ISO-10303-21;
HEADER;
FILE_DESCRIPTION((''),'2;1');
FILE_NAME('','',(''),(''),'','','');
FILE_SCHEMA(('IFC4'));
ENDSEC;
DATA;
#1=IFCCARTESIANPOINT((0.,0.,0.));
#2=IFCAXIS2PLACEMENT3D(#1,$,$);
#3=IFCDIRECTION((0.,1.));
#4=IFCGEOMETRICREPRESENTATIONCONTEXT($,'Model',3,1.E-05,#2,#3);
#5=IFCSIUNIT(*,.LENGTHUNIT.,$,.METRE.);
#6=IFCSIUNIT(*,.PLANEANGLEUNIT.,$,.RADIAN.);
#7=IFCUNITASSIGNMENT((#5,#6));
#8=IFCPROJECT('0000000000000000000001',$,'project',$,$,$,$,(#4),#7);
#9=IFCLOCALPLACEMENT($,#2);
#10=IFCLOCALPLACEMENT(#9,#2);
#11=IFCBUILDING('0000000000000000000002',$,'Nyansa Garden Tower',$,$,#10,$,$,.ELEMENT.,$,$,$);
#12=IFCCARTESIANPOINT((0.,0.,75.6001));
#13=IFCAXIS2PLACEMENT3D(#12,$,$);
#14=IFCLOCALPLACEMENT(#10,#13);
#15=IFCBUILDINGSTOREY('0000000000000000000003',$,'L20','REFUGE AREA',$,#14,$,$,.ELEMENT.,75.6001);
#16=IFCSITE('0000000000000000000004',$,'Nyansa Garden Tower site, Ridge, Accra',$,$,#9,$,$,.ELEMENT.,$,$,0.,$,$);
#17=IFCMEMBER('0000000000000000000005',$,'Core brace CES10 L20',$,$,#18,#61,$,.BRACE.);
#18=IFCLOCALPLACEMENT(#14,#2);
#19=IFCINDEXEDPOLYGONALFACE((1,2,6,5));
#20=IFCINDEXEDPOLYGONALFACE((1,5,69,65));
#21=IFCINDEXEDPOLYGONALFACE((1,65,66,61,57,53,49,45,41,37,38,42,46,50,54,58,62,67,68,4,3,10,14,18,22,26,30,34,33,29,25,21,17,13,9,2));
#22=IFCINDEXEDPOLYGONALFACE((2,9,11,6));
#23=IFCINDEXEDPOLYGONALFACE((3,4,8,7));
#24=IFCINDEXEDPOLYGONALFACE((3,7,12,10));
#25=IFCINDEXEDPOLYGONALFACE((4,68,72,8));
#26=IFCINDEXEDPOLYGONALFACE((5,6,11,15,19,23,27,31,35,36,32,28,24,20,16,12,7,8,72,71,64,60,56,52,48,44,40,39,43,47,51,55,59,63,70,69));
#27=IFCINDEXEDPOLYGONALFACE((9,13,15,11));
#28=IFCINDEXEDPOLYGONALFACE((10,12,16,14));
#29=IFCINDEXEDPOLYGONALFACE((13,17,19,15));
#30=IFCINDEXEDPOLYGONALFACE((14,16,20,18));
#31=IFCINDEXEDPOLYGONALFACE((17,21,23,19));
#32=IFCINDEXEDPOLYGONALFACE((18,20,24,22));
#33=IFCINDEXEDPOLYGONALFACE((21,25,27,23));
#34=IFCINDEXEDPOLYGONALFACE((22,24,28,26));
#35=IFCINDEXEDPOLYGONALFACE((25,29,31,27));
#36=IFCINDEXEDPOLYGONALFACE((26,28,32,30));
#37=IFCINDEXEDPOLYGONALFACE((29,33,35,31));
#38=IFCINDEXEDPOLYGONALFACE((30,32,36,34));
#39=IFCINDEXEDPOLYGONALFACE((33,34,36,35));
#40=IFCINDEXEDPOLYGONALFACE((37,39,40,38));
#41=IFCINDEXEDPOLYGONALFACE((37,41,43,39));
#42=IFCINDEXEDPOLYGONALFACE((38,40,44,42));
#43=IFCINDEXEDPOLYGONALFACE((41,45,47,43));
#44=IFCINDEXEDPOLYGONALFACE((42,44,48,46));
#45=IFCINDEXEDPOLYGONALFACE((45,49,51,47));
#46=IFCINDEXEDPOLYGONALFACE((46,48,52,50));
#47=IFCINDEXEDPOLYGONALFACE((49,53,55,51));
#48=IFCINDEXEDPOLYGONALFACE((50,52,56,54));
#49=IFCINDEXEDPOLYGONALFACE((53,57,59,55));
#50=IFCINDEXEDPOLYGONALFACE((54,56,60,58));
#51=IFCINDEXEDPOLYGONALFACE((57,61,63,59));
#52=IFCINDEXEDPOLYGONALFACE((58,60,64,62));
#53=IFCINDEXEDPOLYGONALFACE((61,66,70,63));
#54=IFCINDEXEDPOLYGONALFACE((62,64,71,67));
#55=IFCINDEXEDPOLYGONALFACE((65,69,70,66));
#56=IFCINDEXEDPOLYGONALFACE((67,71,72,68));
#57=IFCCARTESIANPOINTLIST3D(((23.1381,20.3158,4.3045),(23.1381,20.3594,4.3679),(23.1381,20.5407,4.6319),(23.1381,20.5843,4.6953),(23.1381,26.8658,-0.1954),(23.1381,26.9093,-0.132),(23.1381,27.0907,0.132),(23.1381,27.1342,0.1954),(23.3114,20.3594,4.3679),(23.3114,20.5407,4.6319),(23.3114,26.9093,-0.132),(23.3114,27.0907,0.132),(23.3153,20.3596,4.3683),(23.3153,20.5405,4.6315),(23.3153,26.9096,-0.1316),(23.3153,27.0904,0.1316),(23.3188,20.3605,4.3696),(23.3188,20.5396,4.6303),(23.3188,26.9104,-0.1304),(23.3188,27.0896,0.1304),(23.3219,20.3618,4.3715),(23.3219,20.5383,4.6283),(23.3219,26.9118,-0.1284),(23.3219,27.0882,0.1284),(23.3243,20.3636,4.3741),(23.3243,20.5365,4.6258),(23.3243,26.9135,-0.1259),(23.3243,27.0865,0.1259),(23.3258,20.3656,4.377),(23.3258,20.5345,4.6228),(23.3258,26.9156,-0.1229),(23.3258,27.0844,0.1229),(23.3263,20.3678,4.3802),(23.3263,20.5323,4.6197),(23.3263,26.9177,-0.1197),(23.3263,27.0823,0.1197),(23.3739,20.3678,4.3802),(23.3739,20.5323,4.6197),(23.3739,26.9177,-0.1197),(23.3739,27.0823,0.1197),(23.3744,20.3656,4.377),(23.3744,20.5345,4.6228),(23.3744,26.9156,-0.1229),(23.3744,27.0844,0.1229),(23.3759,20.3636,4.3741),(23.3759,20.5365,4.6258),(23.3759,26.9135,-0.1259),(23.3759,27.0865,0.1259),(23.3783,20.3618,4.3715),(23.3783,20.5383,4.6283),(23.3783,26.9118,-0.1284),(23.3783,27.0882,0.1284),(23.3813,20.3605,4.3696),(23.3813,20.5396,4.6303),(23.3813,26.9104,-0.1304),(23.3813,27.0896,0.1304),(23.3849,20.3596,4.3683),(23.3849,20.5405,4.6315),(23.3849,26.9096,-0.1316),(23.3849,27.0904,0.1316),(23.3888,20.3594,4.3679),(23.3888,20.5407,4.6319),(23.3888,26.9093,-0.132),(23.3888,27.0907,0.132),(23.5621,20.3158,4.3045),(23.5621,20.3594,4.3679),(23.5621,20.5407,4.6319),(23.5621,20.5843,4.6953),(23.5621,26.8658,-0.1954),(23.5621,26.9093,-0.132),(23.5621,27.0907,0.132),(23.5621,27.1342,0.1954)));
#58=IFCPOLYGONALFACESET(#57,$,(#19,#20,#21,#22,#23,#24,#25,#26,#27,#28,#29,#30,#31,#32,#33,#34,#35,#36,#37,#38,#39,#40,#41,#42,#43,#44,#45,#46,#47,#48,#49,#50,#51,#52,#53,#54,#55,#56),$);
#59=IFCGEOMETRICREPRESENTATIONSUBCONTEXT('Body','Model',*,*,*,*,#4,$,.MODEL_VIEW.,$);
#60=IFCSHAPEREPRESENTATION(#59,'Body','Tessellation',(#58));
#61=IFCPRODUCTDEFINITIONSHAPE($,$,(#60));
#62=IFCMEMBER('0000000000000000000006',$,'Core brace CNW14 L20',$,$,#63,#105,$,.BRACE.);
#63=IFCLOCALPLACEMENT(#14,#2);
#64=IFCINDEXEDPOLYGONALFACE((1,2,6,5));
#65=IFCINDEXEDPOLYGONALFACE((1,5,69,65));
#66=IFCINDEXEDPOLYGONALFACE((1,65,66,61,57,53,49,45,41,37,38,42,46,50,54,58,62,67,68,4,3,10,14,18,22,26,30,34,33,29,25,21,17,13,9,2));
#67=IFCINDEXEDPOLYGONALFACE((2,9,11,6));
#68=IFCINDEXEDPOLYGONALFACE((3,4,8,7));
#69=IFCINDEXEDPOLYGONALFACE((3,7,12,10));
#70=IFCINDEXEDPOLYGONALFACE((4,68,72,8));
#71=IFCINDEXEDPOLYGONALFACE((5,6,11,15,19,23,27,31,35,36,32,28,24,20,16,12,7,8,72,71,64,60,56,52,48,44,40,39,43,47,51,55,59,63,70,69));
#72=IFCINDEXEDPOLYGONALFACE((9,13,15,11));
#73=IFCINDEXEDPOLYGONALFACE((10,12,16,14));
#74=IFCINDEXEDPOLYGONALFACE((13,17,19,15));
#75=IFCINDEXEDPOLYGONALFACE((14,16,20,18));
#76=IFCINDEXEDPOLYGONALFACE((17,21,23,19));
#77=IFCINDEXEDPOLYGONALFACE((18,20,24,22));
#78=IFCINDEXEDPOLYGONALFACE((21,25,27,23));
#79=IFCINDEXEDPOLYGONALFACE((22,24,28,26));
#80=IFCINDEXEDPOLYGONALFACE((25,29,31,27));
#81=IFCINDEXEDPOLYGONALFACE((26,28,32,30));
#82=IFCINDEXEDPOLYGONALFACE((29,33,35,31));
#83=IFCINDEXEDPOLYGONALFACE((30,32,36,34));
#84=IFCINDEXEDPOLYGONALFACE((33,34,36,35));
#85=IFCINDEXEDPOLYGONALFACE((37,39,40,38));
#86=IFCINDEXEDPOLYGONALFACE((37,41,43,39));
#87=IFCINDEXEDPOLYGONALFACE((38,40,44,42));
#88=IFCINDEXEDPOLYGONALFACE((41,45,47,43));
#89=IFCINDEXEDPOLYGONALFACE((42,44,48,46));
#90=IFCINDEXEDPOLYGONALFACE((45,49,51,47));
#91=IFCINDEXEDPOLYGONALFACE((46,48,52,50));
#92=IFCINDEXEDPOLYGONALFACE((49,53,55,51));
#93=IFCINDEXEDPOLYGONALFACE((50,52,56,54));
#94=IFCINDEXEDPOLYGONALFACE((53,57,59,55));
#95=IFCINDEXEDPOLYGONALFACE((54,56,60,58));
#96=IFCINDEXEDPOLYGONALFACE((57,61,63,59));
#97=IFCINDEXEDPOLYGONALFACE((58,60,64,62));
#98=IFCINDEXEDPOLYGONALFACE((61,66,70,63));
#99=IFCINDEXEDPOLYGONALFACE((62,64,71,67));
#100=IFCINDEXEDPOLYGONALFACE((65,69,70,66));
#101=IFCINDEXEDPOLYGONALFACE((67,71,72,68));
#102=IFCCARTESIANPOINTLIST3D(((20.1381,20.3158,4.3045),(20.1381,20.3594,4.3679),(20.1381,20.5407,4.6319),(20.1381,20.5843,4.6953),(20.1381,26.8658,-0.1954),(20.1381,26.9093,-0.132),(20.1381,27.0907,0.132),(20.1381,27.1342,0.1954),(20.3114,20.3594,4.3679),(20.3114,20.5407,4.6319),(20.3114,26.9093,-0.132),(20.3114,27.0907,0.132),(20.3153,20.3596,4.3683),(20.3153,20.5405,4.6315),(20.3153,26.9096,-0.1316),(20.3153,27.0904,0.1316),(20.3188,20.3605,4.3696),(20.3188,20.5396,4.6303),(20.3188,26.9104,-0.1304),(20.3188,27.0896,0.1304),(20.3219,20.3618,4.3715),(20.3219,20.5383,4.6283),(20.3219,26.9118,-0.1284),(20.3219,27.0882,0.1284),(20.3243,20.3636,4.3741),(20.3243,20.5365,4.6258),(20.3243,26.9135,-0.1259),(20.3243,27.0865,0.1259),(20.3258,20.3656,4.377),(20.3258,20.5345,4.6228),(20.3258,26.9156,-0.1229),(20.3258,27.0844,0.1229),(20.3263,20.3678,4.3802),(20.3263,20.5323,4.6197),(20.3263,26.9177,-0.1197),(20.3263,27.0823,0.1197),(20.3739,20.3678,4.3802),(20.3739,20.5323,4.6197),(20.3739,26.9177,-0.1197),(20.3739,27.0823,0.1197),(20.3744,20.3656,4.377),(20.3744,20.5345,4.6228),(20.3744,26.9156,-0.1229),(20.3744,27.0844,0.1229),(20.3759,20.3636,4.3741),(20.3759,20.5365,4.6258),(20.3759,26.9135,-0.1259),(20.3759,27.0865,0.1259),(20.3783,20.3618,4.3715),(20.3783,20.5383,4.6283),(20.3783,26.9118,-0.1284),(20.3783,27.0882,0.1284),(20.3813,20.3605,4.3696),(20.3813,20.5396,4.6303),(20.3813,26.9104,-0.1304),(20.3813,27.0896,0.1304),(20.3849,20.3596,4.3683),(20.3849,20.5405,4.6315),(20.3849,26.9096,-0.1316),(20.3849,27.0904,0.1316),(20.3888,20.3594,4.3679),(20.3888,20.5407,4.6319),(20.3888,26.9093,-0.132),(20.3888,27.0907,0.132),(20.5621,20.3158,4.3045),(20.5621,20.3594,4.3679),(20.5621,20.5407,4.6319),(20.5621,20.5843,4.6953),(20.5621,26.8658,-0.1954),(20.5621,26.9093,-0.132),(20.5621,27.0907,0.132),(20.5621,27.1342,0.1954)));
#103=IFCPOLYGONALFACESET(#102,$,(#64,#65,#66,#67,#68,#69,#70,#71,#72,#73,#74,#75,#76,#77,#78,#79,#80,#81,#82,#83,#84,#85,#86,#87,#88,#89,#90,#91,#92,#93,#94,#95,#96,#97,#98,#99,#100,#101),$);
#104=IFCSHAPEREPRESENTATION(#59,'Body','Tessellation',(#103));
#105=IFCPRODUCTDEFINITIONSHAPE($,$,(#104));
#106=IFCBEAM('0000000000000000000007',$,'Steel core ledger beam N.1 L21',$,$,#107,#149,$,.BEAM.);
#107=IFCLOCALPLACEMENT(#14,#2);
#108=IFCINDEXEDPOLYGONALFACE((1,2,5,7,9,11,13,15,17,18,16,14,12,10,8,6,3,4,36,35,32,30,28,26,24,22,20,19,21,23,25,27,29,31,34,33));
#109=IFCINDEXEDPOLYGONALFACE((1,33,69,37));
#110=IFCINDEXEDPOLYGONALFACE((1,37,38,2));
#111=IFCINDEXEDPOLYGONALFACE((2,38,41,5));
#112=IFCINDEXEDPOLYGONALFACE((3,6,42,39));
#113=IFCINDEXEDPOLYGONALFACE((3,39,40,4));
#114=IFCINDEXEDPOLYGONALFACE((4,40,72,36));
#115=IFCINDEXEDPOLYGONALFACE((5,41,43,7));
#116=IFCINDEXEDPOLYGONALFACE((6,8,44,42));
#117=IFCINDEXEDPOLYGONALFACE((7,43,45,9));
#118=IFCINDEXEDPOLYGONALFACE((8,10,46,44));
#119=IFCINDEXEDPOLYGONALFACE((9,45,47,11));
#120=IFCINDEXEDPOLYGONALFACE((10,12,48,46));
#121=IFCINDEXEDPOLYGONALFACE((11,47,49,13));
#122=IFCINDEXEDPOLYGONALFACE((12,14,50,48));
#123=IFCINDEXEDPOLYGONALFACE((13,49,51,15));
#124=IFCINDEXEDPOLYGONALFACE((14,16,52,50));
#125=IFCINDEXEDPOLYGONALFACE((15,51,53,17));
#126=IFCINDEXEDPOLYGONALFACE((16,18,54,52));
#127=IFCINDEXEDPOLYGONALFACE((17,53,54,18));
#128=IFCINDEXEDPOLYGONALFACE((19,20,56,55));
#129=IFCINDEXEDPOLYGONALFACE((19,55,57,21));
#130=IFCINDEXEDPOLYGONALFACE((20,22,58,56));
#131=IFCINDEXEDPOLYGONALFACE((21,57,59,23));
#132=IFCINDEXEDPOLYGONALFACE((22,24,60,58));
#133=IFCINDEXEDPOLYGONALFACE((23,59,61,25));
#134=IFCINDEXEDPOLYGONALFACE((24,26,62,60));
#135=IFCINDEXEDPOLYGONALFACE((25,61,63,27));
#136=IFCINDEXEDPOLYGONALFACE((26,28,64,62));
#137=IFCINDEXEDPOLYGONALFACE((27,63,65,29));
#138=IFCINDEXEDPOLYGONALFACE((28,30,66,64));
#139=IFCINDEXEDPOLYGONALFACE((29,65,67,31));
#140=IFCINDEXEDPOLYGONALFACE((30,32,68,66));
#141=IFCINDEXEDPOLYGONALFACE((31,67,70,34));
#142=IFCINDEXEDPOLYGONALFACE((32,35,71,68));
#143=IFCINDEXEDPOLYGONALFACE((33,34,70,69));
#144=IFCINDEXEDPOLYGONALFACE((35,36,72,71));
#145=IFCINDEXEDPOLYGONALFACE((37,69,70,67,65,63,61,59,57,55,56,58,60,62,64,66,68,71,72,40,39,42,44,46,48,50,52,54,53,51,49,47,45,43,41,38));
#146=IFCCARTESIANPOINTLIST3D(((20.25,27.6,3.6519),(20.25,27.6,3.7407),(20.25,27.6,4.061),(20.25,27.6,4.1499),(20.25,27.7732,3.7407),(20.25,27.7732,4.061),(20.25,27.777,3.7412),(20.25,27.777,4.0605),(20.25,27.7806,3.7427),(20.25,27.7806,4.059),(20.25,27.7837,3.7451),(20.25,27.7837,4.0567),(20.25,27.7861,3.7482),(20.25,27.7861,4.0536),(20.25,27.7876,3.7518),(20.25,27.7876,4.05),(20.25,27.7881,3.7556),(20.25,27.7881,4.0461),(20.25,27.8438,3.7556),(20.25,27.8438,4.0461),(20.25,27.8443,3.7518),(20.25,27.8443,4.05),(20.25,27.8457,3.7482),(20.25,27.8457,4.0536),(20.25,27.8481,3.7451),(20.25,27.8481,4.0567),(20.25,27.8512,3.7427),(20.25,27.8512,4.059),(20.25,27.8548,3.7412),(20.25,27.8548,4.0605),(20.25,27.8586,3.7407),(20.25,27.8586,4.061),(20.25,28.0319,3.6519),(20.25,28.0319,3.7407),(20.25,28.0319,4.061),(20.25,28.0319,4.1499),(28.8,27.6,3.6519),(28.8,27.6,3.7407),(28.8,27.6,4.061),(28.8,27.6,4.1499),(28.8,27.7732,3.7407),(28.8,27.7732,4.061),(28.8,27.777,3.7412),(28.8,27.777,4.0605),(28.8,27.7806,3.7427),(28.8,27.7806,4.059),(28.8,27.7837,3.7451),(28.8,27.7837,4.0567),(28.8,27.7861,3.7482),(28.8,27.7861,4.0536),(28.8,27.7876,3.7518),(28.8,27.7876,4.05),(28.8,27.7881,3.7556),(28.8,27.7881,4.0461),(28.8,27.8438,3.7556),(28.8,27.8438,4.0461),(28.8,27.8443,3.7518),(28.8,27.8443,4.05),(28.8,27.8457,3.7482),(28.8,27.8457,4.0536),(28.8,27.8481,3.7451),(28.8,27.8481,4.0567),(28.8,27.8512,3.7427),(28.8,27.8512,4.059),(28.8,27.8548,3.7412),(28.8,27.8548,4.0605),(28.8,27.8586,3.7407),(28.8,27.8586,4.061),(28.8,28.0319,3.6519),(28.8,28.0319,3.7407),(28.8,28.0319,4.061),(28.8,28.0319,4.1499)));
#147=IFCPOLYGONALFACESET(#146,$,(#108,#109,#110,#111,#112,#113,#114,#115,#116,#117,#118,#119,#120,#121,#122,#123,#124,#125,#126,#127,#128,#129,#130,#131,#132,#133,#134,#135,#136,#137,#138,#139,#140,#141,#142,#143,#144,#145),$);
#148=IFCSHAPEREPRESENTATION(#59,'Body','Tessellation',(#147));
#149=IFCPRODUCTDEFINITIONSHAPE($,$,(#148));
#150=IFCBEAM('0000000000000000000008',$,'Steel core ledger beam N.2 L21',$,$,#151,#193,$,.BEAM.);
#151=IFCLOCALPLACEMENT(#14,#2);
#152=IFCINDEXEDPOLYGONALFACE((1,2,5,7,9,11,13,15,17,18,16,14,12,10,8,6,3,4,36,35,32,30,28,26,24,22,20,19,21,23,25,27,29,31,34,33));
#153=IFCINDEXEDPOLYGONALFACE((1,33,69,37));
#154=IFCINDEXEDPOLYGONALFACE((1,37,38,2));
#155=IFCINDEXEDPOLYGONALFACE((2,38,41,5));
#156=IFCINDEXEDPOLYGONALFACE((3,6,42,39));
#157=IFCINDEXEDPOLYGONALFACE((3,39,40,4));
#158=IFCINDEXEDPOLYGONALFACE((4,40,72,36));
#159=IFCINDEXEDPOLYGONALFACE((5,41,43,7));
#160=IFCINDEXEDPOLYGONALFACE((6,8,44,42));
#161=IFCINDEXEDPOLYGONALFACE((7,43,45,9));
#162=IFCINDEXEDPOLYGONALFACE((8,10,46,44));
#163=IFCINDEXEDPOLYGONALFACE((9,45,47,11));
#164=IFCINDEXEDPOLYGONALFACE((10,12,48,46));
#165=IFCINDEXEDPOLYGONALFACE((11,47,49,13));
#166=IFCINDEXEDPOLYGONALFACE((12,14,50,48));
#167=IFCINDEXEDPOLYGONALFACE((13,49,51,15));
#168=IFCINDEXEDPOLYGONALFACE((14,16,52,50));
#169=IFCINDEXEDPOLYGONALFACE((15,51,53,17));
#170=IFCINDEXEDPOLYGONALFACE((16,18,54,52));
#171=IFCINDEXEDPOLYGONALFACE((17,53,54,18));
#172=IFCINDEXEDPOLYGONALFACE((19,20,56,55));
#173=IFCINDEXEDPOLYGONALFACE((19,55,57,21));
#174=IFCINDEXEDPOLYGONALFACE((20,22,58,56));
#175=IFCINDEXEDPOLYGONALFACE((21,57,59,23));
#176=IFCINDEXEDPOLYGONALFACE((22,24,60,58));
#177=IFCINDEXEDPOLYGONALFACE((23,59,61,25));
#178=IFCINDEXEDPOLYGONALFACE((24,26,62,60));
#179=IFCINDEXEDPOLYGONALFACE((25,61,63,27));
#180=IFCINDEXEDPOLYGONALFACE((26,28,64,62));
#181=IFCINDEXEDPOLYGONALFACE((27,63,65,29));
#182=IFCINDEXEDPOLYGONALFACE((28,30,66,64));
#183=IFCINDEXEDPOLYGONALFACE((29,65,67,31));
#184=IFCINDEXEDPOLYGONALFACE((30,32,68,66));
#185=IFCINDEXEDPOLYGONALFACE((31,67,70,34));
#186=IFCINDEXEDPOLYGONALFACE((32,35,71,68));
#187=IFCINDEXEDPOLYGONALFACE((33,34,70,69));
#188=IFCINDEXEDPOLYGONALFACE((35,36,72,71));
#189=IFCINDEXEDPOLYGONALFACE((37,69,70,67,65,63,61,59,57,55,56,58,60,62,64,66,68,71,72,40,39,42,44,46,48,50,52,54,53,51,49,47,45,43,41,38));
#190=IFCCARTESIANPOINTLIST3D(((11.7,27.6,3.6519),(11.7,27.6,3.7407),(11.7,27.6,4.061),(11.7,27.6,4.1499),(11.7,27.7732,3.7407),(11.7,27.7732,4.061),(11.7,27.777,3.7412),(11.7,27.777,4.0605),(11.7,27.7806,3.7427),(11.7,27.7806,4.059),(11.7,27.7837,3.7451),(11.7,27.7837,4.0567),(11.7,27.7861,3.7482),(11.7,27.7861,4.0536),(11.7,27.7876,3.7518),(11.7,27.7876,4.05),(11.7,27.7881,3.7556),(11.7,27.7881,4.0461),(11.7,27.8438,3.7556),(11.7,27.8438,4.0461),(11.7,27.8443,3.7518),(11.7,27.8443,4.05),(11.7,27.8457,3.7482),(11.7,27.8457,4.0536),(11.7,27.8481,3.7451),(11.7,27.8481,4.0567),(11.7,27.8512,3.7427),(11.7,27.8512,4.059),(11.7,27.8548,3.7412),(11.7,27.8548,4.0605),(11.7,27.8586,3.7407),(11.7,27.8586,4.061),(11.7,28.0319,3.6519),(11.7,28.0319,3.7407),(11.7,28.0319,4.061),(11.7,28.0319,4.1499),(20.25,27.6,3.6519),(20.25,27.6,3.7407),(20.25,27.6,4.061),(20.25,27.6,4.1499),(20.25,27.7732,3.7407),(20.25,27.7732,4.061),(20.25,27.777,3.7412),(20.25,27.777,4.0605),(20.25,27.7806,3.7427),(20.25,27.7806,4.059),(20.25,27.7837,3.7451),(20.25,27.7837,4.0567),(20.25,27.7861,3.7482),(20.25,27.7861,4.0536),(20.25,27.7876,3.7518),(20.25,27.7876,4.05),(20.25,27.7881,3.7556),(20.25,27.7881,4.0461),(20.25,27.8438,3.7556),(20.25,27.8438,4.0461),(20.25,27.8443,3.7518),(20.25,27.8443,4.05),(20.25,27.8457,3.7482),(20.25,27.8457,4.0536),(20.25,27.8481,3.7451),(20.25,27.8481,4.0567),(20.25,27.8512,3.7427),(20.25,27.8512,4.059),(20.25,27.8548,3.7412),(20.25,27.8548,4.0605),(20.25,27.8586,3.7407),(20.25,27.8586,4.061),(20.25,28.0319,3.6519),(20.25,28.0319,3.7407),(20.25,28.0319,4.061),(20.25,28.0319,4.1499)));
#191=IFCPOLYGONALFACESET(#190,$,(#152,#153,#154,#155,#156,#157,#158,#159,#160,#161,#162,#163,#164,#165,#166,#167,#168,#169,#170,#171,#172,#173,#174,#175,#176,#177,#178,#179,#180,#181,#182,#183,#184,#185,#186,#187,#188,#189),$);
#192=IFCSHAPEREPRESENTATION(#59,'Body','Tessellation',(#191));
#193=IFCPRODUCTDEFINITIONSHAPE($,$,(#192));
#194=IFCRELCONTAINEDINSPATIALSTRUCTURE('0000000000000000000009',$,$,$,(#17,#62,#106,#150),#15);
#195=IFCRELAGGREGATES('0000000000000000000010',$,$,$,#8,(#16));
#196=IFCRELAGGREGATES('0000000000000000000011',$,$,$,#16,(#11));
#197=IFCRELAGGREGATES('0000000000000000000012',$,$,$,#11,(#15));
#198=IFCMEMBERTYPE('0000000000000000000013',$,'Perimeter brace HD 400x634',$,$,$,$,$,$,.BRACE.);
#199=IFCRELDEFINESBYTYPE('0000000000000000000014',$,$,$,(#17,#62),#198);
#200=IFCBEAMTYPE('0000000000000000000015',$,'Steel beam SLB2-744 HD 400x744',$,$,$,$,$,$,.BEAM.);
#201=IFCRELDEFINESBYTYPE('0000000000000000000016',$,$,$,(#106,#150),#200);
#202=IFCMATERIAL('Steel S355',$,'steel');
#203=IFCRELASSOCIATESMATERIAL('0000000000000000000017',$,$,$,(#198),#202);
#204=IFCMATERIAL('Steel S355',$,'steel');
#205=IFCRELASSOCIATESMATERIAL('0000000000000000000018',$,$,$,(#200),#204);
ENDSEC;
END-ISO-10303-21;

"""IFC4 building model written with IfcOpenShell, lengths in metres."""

from ifc_helpers import new_model, si_unit, direction, frame, origin, origin_2d, place, context, subcontext, project, spatial, i_section, extrude, material, material_profile, profile_set, type_object, element, save


model = new_model("IFC4")

# Units and contexts
model_context = context("Model", 3, precision=1e-05, world=origin(), true_north=direction((0.0, 1.0)))
body_context = subcontext(model_context, "Body", "Model", "MODEL_VIEW")
ifc_project = project(units=[si_unit("LENGTHUNIT", "METRE"), si_unit("PLANEANGLEUNIT", "RADIAN")], contexts=[model_context])

# Site, building, storey
site_placement = place(None, origin())
site = spatial("IfcSite", under=ifc_project, at=site_placement, Name="Nyansa Garden Tower site, Ridge, Accra", CompositionType="ELEMENT", RefElevation=0.0)
building_placement = place(site_placement, origin())
building = spatial("IfcBuilding", under=site, at=building_placement, Name="Nyansa Garden Tower", CompositionType="ELEMENT")
storey_placement = place(building_placement, frame((0.0, 0.0, 75.6001)))
storey = spatial("IfcBuildingStorey", under=building, at=storey_placement, Name="L20", Description="REFUGE AREA", CompositionType="ELEMENT", Elevation=75.6001)

# Members
ifc_material_1 = material(Name="Steel S355", Category="steel")
ifc_material_profile_1 = material_profile(ifc_material_1, i_section(OverallWidth=0.4241, OverallDepth=0.4741, WebThickness=0.0476, FlangeThickness=0.0769, FilletRadius=0.0149, at=origin_2d()), Name="HD 400x634")
ifc_profile_set_1 = profile_set([ifc_material_profile_1], Name="Steel S355")
member_type_1 = type_object("IfcMemberType", Name="Perimeter brace HD 400x634", PredefinedType="BRACE", material=ifc_profile_set_1)
for number, where, z_axis, x_axis, name in (
    (1, (23.3501, 27.0, 0.0), (0.0, -0.824227, 0.566259), (1.0, 0.0, 0.0), "Core brace CES10 L20"),
    (2, (20.3501, 27.0, 0.0), (0.0, -0.824227, 0.566259), (1.0, 0.0, 0.0), "Core brace CNW14 L20"),
):
    element("IfcMember", number, at=place(storey_placement, frame(where, z_axis=z_axis, x_axis=x_axis)), inside=storey, type_object=member_type_1, Name=name, PredefinedType="BRACE", context=body_context, shape_type="SweptSolid", body=[
        extrude(i_section(OverallWidth=0.4241, OverallDepth=0.4741, WebThickness=0.0476, FlangeThickness=0.0769, FilletRadius=0.0149, at=origin_2d()), origin(), (0.0, 0.0, 1.0), 7.9468),
    ])

# Beams
ifc_material_2 = material(Name="Steel S355", Category="steel")
ifc_material_profile_2 = material_profile(ifc_material_2, i_section(OverallWidth=0.4319, OverallDepth=0.498, WebThickness=0.0557, FlangeThickness=0.0889, FilletRadius=0.0149, at=origin_2d()), Name="HD 400x744")
ifc_profile_set_2 = profile_set([ifc_material_profile_2], Name="Steel S355")
beam_type_1 = type_object("IfcBeamType", Name="Steel beam SLB2-744 HD 400x744", PredefinedType="BEAM", material=ifc_profile_set_2)
for number, where, z_axis, x_axis, name in (
    (3, (28.8, 27.8159, 3.9009), (-1.0, 0.0, 0.0), (0.0, -1.0, 0.0), "Steel core ledger beam N.1 L21"),
    (4, (20.25, 27.8159, 3.9009), (-1.0, 0.0, 0.0), (0.0, -1.0, 0.0), "Steel core ledger beam N.2 L21"),
):
    element("IfcBeam", number, at=place(storey_placement, frame(where, z_axis=z_axis, x_axis=x_axis)), inside=storey, type_object=beam_type_1, Name=name, PredefinedType="BEAM", context=body_context, shape_type="SweptSolid", body=[
        extrude(i_section(OverallWidth=0.4319, OverallDepth=0.498, WebThickness=0.0557, FlangeThickness=0.0889, FilletRadius=0.0149, at=origin_2d()), origin(), (0.0, 0.0, 1.0), 8.55),
    ])

save(model, "model.ifc")
